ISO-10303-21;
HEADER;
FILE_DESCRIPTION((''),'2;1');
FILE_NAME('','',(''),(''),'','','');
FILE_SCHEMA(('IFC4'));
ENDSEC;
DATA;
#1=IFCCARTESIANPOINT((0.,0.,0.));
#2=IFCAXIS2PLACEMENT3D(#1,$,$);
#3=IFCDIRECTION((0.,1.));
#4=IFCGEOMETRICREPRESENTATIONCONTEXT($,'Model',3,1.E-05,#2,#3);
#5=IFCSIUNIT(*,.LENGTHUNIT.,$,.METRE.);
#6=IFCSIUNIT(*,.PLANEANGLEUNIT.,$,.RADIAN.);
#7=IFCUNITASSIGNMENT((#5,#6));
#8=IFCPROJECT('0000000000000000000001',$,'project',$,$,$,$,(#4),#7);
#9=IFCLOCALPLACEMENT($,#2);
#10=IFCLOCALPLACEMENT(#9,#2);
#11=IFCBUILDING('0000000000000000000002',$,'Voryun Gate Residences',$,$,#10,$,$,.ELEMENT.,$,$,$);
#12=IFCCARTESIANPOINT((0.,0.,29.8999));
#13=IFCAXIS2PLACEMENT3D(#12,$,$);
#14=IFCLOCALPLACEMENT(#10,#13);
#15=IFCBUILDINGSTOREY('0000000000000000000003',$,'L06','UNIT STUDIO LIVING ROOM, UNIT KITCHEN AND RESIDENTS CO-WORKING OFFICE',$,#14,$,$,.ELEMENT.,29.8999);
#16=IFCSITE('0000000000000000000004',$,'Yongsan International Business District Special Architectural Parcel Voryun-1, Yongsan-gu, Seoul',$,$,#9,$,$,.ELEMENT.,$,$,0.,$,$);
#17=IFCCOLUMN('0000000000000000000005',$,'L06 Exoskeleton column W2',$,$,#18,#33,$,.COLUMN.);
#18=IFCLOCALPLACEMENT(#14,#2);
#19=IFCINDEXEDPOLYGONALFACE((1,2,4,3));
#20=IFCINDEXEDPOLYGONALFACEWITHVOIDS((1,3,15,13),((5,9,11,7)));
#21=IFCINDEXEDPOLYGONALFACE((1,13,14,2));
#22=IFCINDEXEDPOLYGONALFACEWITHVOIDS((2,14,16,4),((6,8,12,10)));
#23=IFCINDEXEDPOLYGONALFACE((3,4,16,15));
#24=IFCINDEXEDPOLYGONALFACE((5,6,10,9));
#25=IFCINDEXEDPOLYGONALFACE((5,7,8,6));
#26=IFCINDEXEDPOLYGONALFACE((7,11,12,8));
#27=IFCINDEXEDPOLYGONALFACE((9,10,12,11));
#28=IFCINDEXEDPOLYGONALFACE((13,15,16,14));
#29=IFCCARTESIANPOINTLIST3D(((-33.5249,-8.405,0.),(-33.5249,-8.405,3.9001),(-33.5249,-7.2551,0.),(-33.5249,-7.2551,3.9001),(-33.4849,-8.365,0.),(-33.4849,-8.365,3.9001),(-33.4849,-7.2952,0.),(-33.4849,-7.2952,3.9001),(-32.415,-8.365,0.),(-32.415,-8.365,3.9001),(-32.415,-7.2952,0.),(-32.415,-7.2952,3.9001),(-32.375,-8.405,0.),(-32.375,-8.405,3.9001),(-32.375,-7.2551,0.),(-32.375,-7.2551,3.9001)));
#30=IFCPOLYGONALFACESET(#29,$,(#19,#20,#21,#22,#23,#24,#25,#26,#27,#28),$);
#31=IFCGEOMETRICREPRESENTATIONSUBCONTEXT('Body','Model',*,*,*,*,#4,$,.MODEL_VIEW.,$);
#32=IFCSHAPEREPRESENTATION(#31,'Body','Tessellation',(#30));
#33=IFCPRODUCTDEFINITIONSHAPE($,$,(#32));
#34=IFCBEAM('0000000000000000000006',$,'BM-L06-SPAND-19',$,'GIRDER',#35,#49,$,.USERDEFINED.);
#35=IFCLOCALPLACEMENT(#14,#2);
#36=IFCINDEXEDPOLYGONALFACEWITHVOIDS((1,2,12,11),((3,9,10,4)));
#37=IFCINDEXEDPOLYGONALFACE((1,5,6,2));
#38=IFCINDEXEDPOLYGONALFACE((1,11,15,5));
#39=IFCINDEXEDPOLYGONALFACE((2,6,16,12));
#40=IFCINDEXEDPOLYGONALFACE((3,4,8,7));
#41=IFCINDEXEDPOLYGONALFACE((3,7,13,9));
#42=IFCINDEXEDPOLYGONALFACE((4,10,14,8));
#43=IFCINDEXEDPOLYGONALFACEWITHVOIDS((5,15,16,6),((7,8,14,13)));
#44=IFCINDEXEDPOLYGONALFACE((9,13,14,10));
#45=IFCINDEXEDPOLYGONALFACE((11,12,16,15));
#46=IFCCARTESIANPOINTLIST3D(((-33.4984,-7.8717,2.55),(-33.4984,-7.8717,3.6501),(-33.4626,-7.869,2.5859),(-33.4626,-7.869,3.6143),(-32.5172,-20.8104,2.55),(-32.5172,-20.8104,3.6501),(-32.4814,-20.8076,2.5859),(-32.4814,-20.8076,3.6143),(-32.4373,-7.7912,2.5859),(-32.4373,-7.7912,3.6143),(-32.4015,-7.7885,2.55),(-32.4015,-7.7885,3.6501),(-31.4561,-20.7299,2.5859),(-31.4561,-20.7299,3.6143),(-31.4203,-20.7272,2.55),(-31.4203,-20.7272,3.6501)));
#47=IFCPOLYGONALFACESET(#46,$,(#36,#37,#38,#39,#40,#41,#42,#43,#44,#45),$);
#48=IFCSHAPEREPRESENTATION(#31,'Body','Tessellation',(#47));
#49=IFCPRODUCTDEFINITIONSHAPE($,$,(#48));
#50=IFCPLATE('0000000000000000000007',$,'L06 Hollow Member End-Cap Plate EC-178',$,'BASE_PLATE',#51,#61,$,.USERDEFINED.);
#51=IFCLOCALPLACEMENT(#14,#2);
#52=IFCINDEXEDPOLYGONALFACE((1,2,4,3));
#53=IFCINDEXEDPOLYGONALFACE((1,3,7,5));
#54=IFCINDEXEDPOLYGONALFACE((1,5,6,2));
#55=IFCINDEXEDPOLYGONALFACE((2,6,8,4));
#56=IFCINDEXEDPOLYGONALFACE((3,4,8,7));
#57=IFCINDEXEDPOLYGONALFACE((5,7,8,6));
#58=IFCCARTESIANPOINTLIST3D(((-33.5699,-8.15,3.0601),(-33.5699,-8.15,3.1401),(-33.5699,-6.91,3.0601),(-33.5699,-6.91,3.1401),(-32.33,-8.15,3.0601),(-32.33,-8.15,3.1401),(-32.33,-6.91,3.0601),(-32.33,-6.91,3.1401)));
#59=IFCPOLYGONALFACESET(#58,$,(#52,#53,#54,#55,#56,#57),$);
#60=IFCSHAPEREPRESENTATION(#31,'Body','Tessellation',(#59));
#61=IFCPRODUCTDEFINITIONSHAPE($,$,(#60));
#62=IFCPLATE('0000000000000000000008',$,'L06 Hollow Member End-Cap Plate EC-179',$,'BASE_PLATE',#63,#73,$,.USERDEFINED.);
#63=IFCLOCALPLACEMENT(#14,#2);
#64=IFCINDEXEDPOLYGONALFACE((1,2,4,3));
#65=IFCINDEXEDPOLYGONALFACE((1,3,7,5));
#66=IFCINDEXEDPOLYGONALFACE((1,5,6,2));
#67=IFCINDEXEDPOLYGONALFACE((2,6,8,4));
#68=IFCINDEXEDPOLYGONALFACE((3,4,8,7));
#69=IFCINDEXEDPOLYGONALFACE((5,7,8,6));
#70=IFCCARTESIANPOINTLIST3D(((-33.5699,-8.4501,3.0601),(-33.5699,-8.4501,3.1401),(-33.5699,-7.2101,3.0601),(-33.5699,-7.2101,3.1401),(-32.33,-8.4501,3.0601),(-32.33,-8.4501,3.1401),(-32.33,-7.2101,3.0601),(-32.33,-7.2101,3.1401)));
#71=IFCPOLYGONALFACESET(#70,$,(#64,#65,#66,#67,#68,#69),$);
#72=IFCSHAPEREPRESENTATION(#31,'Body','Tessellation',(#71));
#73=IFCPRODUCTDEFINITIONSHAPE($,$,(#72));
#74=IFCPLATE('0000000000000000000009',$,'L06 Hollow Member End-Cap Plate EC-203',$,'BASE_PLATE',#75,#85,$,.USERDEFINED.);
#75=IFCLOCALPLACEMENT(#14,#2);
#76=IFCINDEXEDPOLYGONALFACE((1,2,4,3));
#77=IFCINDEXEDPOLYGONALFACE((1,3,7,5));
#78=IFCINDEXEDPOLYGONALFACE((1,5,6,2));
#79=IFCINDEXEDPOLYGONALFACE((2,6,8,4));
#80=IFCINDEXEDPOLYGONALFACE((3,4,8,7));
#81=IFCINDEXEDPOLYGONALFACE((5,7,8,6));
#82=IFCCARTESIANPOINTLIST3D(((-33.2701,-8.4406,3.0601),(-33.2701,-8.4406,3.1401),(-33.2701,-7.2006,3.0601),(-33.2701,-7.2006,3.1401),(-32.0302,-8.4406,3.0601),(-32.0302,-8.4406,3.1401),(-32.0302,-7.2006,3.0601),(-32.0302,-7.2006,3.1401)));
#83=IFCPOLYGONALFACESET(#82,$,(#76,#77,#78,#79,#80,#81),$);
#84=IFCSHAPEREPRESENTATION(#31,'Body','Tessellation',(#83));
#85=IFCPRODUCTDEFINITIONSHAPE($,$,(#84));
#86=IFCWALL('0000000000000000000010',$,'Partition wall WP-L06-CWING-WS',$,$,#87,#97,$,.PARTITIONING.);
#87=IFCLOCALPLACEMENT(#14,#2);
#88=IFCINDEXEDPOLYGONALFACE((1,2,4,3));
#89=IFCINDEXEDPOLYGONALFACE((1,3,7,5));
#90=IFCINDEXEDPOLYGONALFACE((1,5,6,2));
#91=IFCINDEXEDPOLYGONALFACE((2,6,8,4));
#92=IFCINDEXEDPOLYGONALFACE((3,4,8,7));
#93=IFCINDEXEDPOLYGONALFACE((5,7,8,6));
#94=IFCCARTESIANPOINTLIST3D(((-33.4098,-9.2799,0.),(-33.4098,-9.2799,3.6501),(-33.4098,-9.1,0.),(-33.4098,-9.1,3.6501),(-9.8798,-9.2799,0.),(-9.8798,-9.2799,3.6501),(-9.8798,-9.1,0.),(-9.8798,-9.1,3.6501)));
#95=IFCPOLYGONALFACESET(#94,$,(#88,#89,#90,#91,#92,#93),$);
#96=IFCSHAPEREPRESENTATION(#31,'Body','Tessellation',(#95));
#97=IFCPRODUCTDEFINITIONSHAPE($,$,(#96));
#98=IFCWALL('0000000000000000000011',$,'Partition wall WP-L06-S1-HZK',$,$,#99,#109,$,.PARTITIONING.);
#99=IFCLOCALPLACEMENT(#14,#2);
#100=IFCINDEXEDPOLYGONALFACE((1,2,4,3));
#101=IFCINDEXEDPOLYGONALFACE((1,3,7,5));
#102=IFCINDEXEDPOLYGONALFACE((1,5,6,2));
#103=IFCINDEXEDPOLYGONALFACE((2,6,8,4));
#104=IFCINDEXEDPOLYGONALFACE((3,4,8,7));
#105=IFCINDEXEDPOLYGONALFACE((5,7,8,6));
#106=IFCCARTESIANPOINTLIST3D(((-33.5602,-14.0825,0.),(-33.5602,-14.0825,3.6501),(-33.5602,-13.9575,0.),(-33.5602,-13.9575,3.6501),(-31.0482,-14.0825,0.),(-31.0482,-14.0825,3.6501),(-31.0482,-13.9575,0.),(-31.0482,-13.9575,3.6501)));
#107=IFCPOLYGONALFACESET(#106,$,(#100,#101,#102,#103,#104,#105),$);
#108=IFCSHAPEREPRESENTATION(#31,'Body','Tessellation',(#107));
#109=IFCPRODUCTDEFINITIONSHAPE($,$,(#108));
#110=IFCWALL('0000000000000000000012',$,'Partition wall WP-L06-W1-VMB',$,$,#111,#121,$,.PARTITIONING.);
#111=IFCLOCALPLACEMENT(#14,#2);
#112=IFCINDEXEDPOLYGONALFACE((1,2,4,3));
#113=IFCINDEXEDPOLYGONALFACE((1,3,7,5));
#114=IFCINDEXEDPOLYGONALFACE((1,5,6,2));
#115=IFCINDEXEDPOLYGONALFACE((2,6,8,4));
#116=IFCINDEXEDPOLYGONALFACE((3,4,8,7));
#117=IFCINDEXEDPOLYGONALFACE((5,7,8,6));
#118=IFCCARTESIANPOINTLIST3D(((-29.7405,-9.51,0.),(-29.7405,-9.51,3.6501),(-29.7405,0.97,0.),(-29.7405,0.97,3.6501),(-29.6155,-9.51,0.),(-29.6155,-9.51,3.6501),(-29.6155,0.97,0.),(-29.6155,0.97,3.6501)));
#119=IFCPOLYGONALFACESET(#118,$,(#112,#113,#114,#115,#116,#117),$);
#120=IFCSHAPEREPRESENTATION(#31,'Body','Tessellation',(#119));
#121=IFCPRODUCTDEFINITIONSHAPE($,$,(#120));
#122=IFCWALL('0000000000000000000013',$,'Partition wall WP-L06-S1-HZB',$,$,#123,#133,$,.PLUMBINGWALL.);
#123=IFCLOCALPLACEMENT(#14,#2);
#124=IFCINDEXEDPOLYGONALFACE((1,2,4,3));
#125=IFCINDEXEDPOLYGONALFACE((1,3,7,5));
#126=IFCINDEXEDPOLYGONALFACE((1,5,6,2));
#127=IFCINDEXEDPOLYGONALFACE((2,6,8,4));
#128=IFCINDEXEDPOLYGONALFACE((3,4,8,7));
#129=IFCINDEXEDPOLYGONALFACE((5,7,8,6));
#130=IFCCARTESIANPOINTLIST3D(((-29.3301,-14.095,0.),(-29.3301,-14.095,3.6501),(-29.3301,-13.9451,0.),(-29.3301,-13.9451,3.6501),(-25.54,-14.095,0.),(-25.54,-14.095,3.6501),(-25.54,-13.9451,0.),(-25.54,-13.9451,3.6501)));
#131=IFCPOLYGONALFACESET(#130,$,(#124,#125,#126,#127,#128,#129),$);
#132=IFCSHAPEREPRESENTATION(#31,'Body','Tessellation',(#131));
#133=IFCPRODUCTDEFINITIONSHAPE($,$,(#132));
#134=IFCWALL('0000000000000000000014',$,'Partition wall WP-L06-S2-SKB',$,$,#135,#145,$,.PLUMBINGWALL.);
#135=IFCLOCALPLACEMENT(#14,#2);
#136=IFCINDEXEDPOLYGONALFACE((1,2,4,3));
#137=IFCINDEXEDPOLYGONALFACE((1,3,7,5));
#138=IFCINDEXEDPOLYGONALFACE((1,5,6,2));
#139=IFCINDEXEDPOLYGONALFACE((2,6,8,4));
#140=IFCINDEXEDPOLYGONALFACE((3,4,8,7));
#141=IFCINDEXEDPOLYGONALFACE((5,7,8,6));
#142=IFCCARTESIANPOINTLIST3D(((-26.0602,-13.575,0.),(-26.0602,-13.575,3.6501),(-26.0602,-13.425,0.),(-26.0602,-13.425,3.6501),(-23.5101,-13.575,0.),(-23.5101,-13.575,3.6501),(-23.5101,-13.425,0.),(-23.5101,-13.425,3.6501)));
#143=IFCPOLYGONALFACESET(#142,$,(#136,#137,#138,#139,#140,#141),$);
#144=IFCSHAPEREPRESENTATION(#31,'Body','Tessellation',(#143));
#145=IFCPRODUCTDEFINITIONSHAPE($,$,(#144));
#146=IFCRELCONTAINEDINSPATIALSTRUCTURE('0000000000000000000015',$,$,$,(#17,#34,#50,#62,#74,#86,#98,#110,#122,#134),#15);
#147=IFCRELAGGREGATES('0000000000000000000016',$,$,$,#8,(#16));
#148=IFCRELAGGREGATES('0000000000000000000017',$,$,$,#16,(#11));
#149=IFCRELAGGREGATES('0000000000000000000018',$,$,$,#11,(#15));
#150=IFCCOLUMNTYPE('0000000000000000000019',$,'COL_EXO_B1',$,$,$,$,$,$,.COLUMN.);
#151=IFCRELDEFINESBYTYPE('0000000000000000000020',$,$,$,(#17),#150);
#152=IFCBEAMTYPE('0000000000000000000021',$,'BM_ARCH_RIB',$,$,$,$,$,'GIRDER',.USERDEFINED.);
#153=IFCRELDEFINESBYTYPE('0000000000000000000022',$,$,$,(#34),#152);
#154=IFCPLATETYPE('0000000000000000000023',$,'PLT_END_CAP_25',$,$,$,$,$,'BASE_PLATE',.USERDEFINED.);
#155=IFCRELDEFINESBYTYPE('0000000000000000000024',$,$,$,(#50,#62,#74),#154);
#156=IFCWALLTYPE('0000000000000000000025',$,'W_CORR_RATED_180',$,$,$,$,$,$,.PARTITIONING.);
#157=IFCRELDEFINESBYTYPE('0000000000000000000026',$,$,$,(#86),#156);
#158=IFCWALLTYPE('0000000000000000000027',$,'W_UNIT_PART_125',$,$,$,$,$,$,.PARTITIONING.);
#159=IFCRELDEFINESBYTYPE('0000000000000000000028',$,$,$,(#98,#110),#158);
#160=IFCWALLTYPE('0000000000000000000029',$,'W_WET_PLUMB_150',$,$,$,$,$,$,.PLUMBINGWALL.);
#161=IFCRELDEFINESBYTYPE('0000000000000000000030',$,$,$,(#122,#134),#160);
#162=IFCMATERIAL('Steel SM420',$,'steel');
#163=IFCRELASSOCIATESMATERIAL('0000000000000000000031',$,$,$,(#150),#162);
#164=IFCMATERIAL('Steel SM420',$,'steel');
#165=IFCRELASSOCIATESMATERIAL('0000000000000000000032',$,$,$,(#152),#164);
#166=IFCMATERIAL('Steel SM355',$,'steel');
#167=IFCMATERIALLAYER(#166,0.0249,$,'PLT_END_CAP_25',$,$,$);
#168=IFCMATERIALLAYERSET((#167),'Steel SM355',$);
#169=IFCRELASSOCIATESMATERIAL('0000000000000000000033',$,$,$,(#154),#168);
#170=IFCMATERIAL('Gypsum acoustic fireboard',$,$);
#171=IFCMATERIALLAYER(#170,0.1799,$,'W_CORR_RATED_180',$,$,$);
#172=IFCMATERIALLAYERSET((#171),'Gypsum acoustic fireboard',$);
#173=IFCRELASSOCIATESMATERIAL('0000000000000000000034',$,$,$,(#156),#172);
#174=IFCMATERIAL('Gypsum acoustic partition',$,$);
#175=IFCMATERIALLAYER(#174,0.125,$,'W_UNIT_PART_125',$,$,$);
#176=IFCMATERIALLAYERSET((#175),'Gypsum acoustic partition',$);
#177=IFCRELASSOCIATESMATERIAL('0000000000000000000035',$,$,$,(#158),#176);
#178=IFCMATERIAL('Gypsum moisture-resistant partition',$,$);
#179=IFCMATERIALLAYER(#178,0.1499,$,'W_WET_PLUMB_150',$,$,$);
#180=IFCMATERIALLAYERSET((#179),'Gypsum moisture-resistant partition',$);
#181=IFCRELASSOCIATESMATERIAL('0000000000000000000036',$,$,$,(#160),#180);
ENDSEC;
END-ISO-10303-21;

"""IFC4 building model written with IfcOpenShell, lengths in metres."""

from ifc_helpers import new_model, si_unit, direction, frame, frame_2d, origin, origin_2d, place, context, subcontext, project, spatial, rectangle, hollow_rectangle, extrude, material, layer, layer_set, material_profile, profile_set, type_object, element, save


model = new_model("IFC4")

# Units and contexts
model_context = context("Model", 3, precision=1e-05, world=origin(), true_north=direction((0.0, 1.0)))
body_context = subcontext(model_context, "Body", "Model", "MODEL_VIEW")
ifc_project = project(units=[si_unit("LENGTHUNIT", "METRE"), si_unit("PLANEANGLEUNIT", "RADIAN")], contexts=[model_context])

# Site, building, storey
site_placement = place(None, origin())
site = spatial("IfcSite", under=ifc_project, at=site_placement, Name="Yongsan International Business District Special Architectural Parcel Voryun-1, Yongsan-gu, Seoul", CompositionType="ELEMENT", RefElevation=0.0)
building_placement = place(site_placement, origin())
building = spatial("IfcBuilding", under=site, at=building_placement, Name="Voryun Gate Residences", CompositionType="ELEMENT")
storey_placement = place(building_placement, frame((0.0, 0.0, 29.8999)))
storey = spatial("IfcBuildingStorey", under=building, at=storey_placement, Name="L06", Description="UNIT STUDIO LIVING ROOM, UNIT KITCHEN AND RESIDENTS CO-WORKING OFFICE", CompositionType="ELEMENT", Elevation=29.8999)

# Column
ifc_material_1 = material(Name="Steel SM420", Category="steel")
ifc_material_profile_1 = material_profile(ifc_material_1, hollow_rectangle(XDim=1.1499, YDim=1.1499, WallThickness=0.04, at=origin_2d()), Name="BOX-1150x1150x40")
ifc_profile_set_1 = profile_set([ifc_material_profile_1], Name="Steel SM420")
column_type = type_object("IfcColumnType", Name="COL_EXO_B1", PredefinedType="COLUMN", material=ifc_profile_set_1)
column_placement = place(storey_placement, frame((-32.95, -7.8301, 0.0), z_axis=(0.0, 0.0, 1.0), x_axis=(1.0, 0.0, 0.0)))
element("IfcColumn", 1, at=column_placement, inside=storey, type_object=column_type, Name="L06 Exoskeleton column W2", PredefinedType="COLUMN", context=body_context, shape_type="SweptSolid", body=[
    extrude(hollow_rectangle(XDim=1.1499, YDim=1.1499, WallThickness=0.04, at=origin_2d()), origin(), (0.0, 0.0, 1.0), 3.9001),
])

# Beam
ifc_material_2 = material(Name="Steel SM420", Category="steel")
ifc_material_profile_2 = material_profile(ifc_material_2, hollow_rectangle(XDim=1.1001, YDim=1.1001, WallThickness=0.0359, at=origin_2d()), Name="BOX-1100x1100x36")
ifc_profile_set_2 = profile_set([ifc_material_profile_2], Name="Steel SM420")
beam_type = type_object("IfcBeamType", Name="BM_ARCH_RIB", ElementType="GIRDER", PredefinedType="USERDEFINED", material=ifc_profile_set_2)
beam_placement = place(storey_placement, frame((-32.95, -7.8301, 3.1001), z_axis=(0.075617, -0.997137, 0.0), x_axis=(0.997137, 0.075617, 0.0)))
element("IfcBeam", 2, at=beam_placement, inside=storey, type_object=beam_type, Name="BM-L06-SPAND-19", ObjectType="GIRDER", PredefinedType="USERDEFINED", context=body_context, shape_type="SweptSolid", body=[
    extrude(hollow_rectangle(XDim=1.1001, YDim=1.1001, WallThickness=0.0359, at=origin_2d()), origin(), (0.0, 0.0, 1.0), 12.9758),
])

# Plates
ifc_material_3 = material(Name="Steel SM355", Category="steel")
ifc_layer_1 = layer(ifc_material_3, 0.0249, Name="PLT_END_CAP_25")
ifc_layer_set_1 = layer_set([ifc_layer_1], Name="Steel SM355")
plate_type = type_object("IfcPlateType", Name="PLT_END_CAP_25", ElementType="BASE_PLATE", PredefinedType="USERDEFINED", material=ifc_layer_set_1)
for number, where, z_axis, x_axis, name in (
    (3, (-32.95, -7.53, 3.0601), (0.0, 0.0, 1.0), (1.0, 0.0, 0.0), "L06 Hollow Member End-Cap Plate EC-178"),
    (4, (-32.95, -7.8301, 3.0601), (0.0, 0.0, 1.0), (1.0, 0.0, 0.0), "L06 Hollow Member End-Cap Plate EC-179"),
    (5, (-32.6501, -7.8206, 3.0601), (0.0, 0.0, 1.0), (1.0, 0.0, 0.0), "L06 Hollow Member End-Cap Plate EC-203"),
):
    element("IfcPlate", number, at=place(storey_placement, frame(where, z_axis=z_axis, x_axis=x_axis)), inside=storey, type_object=plate_type, Name=name, ObjectType="BASE_PLATE", PredefinedType="USERDEFINED", context=body_context, shape_type="SweptSolid", body=[
        extrude(rectangle(XDim=1.24, YDim=1.24, at=origin_2d()), origin(), (0.0, 0.0, 1.0), 0.0801),
    ])

# Wall
ifc_material_4 = material(Name="Gypsum acoustic fireboard")
ifc_layer_2 = layer(ifc_material_4, 0.1799, Name="W_CORR_RATED_180")
ifc_layer_set_2 = layer_set([ifc_layer_2], Name="Gypsum acoustic fireboard")
wall_type_1 = type_object("IfcWallType", Name="W_CORR_RATED_180", PredefinedType="PARTITIONING", material=ifc_layer_set_2)
wall_1_placement = place(storey_placement, frame((-33.4099, -9.1899, 0.0), z_axis=(0.0, 0.0, 1.0), x_axis=(1.0, 0.0, 0.0)))
element("IfcWall", 6, at=wall_1_placement, inside=storey, type_object=wall_type_1, Name="Partition wall WP-L06-CWING-WS", PredefinedType="PARTITIONING", context=body_context, shape_type="SweptSolid", body=[
    extrude(rectangle(XDim=23.53, YDim=0.1799, at=frame_2d((11.7651, 0.0))), origin(), (0.0, 0.0, 1.0), 3.6501),
])

# Walls
ifc_material_5 = material(Name="Gypsum acoustic partition")
ifc_layer_3 = layer(ifc_material_5, 0.125, Name="W_UNIT_PART_125")
ifc_layer_set_3 = layer_set([ifc_layer_3], Name="Gypsum acoustic partition")
wall_type_2 = type_object("IfcWallType", Name="W_UNIT_PART_125", PredefinedType="PARTITIONING", material=ifc_layer_set_3)
wall_2_placement = place(storey_placement, frame((-33.5601, -14.02, 0.0), z_axis=(0.0, 0.0, 1.0), x_axis=(1.0, 0.0, 0.0)))
element("IfcWall", 7, at=wall_2_placement, inside=storey, type_object=wall_type_2, Name="Partition wall WP-L06-S1-HZK", PredefinedType="PARTITIONING", context=body_context, shape_type="SweptSolid", body=[
    extrude(rectangle(XDim=2.512, YDim=0.125, at=frame_2d((1.2559, 0.0))), origin(), (0.0, 0.0, 1.0), 3.6501),
])
wall_3_placement = place(storey_placement, frame((-29.678, -9.51, 0.0), z_axis=(0.0, 0.0, 1.0), x_axis=(0.0, 1.0, 0.0)))
element("IfcWall", 8, at=wall_3_placement, inside=storey, type_object=wall_type_2, Name="Partition wall WP-L06-W1-VMB", PredefinedType="PARTITIONING", context=body_context, shape_type="SweptSolid", body=[
    extrude(rectangle(XDim=10.48, YDim=0.125, at=frame_2d((5.24, 0.0))), origin(), (0.0, 0.0, 1.0), 3.6501),
])
ifc_material_6 = material(Name="Gypsum moisture-resistant partition")
ifc_layer_4 = layer(ifc_material_6, 0.1499, Name="W_WET_PLUMB_150")
ifc_layer_set_4 = layer_set([ifc_layer_4], Name="Gypsum moisture-resistant partition")
wall_type_3 = type_object("IfcWallType", Name="W_WET_PLUMB_150", PredefinedType="PLUMBINGWALL", material=ifc_layer_set_4)
wall_4_placement = place(storey_placement, frame((-29.3301, -14.02, 0.0), z_axis=(0.0, 0.0, 1.0), x_axis=(1.0, 0.0, 0.0)))
element("IfcWall", 9, at=wall_4_placement, inside=storey, type_object=wall_type_3, Name="Partition wall WP-L06-S1-HZB", PredefinedType="PLUMBINGWALL", context=body_context, shape_type="SweptSolid", body=[
    extrude(rectangle(XDim=3.79, YDim=0.1499, at=frame_2d((1.895, 0.0))), origin(), (0.0, 0.0, 1.0), 3.6501),
])
wall_5_placement = place(storey_placement, frame((-26.0601, -13.5, 0.0), z_axis=(0.0, 0.0, 1.0), x_axis=(1.0, 0.0, 0.0)))
element("IfcWall", 10, at=wall_5_placement, inside=storey, type_object=wall_type_3, Name="Partition wall WP-L06-S2-SKB", PredefinedType="PLUMBINGWALL", context=body_context, shape_type="SweptSolid", body=[
    extrude(rectangle(XDim=2.55, YDim=0.1499, at=frame_2d((1.2749, 0.0))), origin(), (0.0, 0.0, 1.0), 3.6501),
])

save(model, "model.ifc")
